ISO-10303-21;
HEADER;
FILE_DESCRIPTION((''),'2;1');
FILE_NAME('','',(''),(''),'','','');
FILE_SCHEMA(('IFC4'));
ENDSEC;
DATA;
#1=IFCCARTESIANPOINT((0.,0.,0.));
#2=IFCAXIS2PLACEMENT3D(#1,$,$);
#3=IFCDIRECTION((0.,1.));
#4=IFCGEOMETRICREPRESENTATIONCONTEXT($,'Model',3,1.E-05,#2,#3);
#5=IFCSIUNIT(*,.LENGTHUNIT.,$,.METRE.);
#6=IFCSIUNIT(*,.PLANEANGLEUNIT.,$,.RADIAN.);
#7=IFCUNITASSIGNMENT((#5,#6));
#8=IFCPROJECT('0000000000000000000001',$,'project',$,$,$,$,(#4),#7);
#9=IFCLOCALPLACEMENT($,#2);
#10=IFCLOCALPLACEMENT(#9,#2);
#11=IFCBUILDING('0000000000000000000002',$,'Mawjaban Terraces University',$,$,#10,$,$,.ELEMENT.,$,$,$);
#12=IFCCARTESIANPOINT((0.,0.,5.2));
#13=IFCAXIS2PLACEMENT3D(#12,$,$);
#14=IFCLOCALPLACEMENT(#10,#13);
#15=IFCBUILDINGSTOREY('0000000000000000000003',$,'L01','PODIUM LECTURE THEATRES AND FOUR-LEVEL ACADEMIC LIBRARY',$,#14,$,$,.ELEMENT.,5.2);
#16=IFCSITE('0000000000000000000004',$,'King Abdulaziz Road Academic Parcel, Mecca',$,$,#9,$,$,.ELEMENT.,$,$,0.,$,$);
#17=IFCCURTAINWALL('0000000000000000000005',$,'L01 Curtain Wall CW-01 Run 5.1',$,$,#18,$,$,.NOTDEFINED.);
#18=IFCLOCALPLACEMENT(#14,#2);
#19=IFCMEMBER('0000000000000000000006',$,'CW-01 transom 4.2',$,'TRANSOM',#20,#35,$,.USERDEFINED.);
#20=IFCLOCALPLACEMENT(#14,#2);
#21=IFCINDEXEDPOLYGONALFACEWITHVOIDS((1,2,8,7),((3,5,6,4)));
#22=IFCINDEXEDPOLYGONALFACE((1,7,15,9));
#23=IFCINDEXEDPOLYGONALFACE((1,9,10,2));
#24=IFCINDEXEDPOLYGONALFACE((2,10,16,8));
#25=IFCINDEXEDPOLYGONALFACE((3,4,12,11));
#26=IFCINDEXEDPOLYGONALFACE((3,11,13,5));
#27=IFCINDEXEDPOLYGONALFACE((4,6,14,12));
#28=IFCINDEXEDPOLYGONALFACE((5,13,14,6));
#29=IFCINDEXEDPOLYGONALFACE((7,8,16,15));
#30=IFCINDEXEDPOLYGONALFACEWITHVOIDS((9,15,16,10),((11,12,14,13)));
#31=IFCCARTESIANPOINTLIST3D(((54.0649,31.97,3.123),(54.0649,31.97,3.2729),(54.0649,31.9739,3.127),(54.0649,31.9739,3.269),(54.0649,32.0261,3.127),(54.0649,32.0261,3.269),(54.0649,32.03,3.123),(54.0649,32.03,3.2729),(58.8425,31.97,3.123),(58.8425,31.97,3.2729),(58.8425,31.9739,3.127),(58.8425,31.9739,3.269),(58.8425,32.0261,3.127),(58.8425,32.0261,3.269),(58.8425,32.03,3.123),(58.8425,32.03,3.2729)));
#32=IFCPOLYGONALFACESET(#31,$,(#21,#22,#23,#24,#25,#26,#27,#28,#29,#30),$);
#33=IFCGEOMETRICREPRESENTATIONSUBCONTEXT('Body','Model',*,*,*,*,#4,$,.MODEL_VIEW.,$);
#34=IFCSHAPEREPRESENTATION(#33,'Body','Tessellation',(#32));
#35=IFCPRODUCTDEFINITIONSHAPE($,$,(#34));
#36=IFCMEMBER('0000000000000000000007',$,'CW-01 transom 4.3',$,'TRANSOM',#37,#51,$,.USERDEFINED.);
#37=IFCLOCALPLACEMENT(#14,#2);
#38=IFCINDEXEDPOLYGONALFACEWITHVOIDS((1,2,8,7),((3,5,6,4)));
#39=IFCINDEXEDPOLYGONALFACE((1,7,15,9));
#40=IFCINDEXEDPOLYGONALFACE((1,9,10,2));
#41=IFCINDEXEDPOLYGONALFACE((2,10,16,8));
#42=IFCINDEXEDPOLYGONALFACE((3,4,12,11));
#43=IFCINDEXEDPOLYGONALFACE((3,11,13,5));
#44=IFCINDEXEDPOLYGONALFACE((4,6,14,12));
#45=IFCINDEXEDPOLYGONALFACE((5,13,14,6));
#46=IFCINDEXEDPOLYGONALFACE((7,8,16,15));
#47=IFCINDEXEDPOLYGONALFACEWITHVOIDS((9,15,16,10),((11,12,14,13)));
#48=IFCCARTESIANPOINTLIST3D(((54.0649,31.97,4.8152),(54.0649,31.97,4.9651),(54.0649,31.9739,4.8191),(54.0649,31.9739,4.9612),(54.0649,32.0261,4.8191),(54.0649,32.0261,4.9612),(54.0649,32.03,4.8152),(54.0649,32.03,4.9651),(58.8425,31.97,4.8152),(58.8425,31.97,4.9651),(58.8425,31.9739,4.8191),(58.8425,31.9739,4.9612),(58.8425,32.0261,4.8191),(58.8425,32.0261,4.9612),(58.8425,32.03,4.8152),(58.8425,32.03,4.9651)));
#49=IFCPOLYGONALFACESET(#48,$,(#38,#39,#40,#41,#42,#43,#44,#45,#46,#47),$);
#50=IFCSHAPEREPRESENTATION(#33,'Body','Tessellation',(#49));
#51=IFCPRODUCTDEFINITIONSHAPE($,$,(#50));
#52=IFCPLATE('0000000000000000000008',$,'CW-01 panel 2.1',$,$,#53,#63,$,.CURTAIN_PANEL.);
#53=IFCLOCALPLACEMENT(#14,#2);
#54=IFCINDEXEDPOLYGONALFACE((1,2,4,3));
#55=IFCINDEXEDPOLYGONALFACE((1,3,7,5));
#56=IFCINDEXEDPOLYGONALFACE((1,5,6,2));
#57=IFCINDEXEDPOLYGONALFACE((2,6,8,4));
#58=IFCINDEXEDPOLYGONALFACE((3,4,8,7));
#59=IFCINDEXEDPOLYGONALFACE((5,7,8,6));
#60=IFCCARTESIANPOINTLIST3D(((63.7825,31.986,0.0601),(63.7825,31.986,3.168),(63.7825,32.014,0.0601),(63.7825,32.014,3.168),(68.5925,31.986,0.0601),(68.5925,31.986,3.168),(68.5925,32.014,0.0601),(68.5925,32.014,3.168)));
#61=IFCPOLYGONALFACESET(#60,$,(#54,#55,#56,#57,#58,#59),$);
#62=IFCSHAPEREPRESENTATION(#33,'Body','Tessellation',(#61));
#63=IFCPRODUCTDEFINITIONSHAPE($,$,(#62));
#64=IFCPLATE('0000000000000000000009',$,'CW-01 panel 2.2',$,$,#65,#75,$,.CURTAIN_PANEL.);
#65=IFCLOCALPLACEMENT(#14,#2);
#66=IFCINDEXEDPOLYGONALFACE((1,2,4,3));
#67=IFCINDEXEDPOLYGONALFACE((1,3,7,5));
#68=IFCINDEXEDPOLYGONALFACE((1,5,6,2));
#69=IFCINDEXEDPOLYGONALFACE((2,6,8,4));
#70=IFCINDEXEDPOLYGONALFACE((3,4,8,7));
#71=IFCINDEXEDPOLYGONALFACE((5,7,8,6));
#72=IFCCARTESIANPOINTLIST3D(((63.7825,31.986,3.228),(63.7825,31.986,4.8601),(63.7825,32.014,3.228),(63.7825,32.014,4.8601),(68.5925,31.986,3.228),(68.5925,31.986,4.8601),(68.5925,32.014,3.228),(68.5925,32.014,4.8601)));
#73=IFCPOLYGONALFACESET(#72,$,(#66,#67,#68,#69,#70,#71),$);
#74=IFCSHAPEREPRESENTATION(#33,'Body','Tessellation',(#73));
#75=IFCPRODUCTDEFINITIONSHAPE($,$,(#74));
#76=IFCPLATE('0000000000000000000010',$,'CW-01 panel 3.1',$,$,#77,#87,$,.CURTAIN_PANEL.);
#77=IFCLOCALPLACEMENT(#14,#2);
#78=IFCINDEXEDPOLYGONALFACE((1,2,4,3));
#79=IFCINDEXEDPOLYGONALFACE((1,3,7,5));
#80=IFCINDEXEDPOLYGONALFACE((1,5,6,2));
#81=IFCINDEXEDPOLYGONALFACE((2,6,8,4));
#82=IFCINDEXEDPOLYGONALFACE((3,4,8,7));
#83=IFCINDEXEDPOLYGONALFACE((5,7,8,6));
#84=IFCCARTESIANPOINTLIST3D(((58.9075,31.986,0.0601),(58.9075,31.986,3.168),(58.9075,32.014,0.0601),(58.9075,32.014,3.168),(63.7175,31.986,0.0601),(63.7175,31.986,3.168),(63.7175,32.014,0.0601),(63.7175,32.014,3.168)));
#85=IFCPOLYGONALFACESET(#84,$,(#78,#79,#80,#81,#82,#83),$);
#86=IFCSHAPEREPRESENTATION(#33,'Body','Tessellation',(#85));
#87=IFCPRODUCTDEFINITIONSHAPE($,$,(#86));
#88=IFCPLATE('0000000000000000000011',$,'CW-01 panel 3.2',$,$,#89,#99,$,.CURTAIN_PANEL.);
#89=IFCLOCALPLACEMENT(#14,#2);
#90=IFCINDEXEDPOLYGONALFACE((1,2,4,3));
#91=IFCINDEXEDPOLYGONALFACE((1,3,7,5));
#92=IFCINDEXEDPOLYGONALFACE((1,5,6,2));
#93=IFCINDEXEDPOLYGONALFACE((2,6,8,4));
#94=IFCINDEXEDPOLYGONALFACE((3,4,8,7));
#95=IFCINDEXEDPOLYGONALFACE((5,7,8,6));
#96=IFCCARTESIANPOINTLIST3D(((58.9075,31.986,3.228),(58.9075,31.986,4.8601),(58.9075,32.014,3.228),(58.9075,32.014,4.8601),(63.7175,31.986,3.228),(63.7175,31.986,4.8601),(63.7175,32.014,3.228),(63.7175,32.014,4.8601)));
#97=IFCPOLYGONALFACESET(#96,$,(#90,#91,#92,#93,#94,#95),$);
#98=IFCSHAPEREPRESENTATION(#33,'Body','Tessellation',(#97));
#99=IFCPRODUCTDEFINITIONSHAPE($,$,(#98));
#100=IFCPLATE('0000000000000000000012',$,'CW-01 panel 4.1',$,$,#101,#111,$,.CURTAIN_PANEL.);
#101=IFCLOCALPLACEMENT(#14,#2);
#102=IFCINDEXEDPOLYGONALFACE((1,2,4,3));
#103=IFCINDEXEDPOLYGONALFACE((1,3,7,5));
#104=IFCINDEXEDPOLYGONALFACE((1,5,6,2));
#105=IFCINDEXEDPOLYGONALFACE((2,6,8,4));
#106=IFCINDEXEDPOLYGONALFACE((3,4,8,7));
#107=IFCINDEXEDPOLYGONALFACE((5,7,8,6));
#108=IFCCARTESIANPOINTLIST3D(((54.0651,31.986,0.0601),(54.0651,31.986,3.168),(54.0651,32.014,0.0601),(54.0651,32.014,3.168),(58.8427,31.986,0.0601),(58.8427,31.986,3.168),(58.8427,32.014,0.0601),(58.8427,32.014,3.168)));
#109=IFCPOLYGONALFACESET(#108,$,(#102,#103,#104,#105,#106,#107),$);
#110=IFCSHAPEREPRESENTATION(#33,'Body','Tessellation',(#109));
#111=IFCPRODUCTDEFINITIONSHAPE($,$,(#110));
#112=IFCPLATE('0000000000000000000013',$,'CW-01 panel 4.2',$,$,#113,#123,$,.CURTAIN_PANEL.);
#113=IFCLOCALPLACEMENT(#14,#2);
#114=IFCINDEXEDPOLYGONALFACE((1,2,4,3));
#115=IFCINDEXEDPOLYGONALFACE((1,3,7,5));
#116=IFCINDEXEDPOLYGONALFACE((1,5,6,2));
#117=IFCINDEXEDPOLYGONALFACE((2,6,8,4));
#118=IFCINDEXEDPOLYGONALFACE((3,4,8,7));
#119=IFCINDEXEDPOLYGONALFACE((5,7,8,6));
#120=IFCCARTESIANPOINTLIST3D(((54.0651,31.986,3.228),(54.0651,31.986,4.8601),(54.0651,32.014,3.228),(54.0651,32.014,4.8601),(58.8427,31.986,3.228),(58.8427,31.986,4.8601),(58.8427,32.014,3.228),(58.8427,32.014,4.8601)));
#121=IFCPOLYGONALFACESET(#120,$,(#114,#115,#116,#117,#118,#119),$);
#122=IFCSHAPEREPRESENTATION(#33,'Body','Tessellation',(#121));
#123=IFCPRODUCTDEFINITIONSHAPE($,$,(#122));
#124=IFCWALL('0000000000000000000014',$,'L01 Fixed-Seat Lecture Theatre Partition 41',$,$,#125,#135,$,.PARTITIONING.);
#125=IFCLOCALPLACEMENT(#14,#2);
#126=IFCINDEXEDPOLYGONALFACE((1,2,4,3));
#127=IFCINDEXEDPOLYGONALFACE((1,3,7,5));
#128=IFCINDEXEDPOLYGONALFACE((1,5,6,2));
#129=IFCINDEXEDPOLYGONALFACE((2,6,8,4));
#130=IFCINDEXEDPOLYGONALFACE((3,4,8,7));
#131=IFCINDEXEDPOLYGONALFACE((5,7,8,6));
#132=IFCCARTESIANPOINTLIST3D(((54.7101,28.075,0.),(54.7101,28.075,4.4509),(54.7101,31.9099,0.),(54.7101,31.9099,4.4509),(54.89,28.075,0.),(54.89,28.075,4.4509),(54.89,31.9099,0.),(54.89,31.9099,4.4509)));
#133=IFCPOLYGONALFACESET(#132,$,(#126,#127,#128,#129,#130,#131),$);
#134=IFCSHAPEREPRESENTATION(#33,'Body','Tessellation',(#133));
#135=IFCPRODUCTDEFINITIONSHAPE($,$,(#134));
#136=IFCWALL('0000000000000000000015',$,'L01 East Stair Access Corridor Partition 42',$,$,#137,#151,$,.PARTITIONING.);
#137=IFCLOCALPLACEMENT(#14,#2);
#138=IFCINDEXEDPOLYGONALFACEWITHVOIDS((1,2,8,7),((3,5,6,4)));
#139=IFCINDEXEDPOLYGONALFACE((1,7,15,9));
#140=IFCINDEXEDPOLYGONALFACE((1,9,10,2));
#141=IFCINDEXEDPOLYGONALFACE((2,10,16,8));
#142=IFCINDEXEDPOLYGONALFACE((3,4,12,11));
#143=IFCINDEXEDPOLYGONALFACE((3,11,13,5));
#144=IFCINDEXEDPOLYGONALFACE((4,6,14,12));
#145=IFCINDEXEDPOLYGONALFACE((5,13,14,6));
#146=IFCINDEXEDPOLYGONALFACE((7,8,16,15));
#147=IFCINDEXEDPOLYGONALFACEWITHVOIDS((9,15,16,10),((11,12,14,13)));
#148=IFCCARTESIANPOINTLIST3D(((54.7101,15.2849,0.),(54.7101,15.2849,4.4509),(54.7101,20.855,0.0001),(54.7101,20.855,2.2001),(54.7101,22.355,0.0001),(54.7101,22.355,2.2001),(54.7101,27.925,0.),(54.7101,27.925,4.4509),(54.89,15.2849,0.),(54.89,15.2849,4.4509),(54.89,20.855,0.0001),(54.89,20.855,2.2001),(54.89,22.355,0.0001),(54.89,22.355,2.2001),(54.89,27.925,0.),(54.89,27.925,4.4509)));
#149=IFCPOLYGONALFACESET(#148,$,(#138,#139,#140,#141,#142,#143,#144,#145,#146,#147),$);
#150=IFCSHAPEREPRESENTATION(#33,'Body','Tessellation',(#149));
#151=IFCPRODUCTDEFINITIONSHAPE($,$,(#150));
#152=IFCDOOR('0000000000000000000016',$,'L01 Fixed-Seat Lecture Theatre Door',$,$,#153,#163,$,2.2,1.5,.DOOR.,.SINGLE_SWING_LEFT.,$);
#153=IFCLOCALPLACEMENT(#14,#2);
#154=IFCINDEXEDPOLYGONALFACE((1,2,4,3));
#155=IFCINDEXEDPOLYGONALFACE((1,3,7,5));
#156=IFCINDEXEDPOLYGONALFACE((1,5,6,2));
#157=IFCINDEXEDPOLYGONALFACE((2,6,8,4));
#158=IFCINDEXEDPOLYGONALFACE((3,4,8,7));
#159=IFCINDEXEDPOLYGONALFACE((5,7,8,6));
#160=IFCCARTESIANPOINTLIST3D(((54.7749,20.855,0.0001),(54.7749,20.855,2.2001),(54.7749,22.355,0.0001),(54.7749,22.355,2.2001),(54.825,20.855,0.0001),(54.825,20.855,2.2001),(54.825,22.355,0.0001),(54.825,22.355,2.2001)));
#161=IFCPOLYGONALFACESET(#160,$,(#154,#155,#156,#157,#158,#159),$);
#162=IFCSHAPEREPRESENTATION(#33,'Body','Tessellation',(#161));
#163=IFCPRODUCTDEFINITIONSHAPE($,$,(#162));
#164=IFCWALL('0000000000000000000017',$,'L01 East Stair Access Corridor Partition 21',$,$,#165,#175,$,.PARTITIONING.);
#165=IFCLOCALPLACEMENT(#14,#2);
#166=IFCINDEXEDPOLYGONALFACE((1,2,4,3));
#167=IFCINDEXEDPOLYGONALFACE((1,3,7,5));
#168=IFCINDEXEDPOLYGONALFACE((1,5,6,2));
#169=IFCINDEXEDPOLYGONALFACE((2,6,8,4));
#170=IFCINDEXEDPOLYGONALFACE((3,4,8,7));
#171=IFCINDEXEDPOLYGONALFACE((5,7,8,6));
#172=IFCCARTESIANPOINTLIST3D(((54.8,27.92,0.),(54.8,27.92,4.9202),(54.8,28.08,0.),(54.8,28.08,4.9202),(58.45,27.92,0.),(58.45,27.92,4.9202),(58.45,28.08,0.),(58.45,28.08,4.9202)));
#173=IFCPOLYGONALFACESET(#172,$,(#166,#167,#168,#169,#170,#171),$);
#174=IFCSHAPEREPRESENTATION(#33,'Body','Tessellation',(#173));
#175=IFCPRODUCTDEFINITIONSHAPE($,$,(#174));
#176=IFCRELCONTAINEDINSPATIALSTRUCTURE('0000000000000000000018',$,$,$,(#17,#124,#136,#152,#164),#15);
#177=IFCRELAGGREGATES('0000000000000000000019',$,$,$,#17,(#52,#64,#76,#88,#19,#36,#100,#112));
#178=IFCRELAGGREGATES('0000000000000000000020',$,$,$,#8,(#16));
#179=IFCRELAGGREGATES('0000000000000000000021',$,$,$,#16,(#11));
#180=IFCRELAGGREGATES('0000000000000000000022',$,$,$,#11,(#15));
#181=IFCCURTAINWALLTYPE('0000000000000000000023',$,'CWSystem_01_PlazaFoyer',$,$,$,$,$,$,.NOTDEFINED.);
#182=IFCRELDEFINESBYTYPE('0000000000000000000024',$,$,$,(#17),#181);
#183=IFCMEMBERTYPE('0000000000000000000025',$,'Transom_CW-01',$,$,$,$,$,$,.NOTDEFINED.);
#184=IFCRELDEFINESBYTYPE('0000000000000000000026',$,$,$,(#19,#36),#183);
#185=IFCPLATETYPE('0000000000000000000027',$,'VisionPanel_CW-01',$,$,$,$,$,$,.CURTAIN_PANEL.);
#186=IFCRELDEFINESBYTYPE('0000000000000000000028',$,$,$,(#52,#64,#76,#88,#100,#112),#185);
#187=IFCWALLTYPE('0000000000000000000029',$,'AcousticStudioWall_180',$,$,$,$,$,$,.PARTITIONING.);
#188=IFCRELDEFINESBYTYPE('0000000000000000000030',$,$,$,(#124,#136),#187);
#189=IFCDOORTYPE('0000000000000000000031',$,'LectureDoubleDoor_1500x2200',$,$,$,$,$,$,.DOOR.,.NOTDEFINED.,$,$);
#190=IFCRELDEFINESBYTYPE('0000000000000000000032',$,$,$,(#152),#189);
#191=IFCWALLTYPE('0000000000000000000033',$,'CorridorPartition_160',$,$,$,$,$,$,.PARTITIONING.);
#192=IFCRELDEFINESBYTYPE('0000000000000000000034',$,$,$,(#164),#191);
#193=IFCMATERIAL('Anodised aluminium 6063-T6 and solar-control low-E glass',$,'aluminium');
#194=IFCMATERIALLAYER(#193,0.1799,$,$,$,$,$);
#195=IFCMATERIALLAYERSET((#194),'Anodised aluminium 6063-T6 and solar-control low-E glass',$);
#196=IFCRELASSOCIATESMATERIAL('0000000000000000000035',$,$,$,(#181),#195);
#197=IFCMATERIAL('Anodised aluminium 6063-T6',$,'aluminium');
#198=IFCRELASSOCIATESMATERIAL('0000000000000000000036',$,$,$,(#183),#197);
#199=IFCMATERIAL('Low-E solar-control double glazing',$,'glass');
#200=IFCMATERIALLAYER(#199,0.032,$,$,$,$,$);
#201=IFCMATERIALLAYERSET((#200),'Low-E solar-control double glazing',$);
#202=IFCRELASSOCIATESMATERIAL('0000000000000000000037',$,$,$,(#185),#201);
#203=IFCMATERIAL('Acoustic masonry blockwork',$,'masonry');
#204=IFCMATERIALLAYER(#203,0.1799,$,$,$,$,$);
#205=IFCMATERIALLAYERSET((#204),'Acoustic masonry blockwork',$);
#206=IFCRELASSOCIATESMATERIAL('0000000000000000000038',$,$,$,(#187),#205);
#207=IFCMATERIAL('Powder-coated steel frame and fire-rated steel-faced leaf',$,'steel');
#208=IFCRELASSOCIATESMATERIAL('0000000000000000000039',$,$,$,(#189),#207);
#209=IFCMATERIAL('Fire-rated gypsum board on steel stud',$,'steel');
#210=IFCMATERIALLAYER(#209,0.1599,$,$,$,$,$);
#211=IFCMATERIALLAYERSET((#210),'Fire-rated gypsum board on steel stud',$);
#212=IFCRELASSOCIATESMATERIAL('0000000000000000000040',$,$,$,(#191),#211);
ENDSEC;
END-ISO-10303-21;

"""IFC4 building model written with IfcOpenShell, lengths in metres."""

from ifc_helpers import new_model, si_unit, direction, frame, frame_2d, origin, origin_2d, place, context, subcontext, project, spatial, rectangle, hollow_rectangle, extrude, material, layer, layer_set, material_profile, profile_set, type_object, element, fill, aggregate, save


model = new_model("IFC4")

# Units and contexts
model_context = context("Model", 3, precision=1e-05, world=origin(), true_north=direction((0.0, 1.0)))
body_context = subcontext(model_context, "Body", "Model", "MODEL_VIEW")
ifc_project = project(units=[si_unit("LENGTHUNIT", "METRE"), si_unit("PLANEANGLEUNIT", "RADIAN")], contexts=[model_context])

# Site, building, storey
site_placement = place(None, origin())
site = spatial("IfcSite", under=ifc_project, at=site_placement, Name="King Abdulaziz Road Academic Parcel, Mecca", CompositionType="ELEMENT", RefElevation=0.0)
building_placement = place(site_placement, origin())
building = spatial("IfcBuilding", under=site, at=building_placement, Name="Mawjaban Terraces University", CompositionType="ELEMENT")
storey_placement = place(building_placement, frame((0.0, 0.0, 5.2)))
storey = spatial("IfcBuildingStorey", under=building, at=storey_placement, Name="L01", Description="PODIUM LECTURE THEATRES AND FOUR-LEVEL ACADEMIC LIBRARY", CompositionType="ELEMENT", Elevation=5.2)

# Shared definitions
ifc_material_1 = material(Name="Anodised aluminium 6063-T6 and solar-control low-E glass", Category="aluminium")
ifc_layer_1 = layer(ifc_material_1, 0.1799)
ifc_layer_set_1 = layer_set([ifc_layer_1], Name="Anodised aluminium 6063-T6 and solar-control low-E glass")
curtain_wall_type = type_object("IfcCurtainWallType", Name="CWSystem_01_PlazaFoyer", PredefinedType="NOTDEFINED", material=ifc_layer_set_1)
ifc_material_2 = material(Name="Anodised aluminium 6063-T6", Category="aluminium")

# Curtain wall, members, plates
curtain_wall_1_placement = place(storey_placement, origin())
curtain_wall_1 = element("IfcCurtainWall", 1, at=curtain_wall_1_placement, inside=storey, type_object=curtain_wall_type, Name="L01 Curtain Wall CW-01 Run 5.1", PredefinedType="NOTDEFINED")
ifc_material_profile_1 = material_profile(ifc_material_2, hollow_rectangle(XDim=0.0601, YDim=0.1499, WallThickness=0.0039, at=origin_2d()), Name="ALU150X60X4")
ifc_profile_set_1 = profile_set([ifc_material_profile_1], Name="Anodised aluminium 6063-T6")
member_type_1 = type_object("IfcMemberType", Name="Transom_CW-01", PredefinedType="NOTDEFINED", material=ifc_profile_set_1)
member_1_placement = place(storey_placement, frame((58.8425, 32.0, 3.198), z_axis=(-1.0, 0.0, 0.0), x_axis=(0.0, -1.0, 0.0)))
member_1 = element("IfcMember", 2, at=member_1_placement, type_object=member_type_1, Name="CW-01 transom 4.2", ObjectType="TRANSOM", PredefinedType="USERDEFINED", context=body_context, shape_type="SweptSolid", body=[
    extrude(hollow_rectangle(XDim=0.0601, YDim=0.1499, WallThickness=0.0039, at=origin_2d()), origin(), (0.0, 0.0, 1.0), 4.7776),
])
member_2_placement = place(storey_placement, frame((58.8425, 32.0, 4.8901), z_axis=(-1.0, 0.0, 0.0), x_axis=(0.0, -1.0, 0.0)))
member_2 = element("IfcMember", 3, at=member_2_placement, type_object=member_type_1, Name="CW-01 transom 4.3", ObjectType="TRANSOM", PredefinedType="USERDEFINED", context=body_context, shape_type="SweptSolid", body=[
    extrude(hollow_rectangle(XDim=0.0601, YDim=0.1499, WallThickness=0.0039, at=origin_2d()), origin(), (0.0, 0.0, 1.0), 4.7776),
])
ifc_material_3 = material(Name="Low-E solar-control double glazing", Category="glass")
ifc_layer_2 = layer(ifc_material_3, 0.032)
ifc_layer_set_2 = layer_set([ifc_layer_2], Name="Low-E solar-control double glazing")
plate_type = type_object("IfcPlateType", Name="VisionPanel_CW-01", PredefinedType="CURTAIN_PANEL", material=ifc_layer_set_2)
plate_1_placement = place(storey_placement, frame((66.1875, 32.0, 0.0601), z_axis=(0.0, 0.0, 1.0), x_axis=(-1.0, 0.0, 0.0)))
plate_1 = element("IfcPlate", 4, at=plate_1_placement, type_object=plate_type, Name="CW-01 panel 2.1", PredefinedType="CURTAIN_PANEL", context=body_context, shape_type="SweptSolid", body=[
    extrude(rectangle(XDim=4.8101, YDim=0.0281, at=origin_2d()), origin(), (0.0, 0.0, 1.0), 3.1079),
])
plate_2_placement = place(storey_placement, frame((66.1875, 32.0, 3.228), z_axis=(0.0, 0.0, 1.0), x_axis=(-1.0, 0.0, 0.0)))
plate_2 = element("IfcPlate", 5, at=plate_2_placement, type_object=plate_type, Name="CW-01 panel 2.2", PredefinedType="CURTAIN_PANEL", context=body_context, shape_type="SweptSolid", body=[
    extrude(rectangle(XDim=4.8101, YDim=0.0281, at=origin_2d()), origin(), (0.0, 0.0, 1.0), 1.6321),
])
plate_3_placement = place(storey_placement, frame((61.3125, 32.0, 0.0601), z_axis=(0.0, 0.0, 1.0), x_axis=(-1.0, 0.0, 0.0)))
plate_3 = element("IfcPlate", 6, at=plate_3_placement, type_object=plate_type, Name="CW-01 panel 3.1", PredefinedType="CURTAIN_PANEL", context=body_context, shape_type="SweptSolid", body=[
    extrude(rectangle(XDim=4.8101, YDim=0.0281, at=origin_2d()), origin(), (0.0, 0.0, 1.0), 3.1079),
])
plate_4_placement = place(storey_placement, frame((61.3125, 32.0, 3.228), z_axis=(0.0, 0.0, 1.0), x_axis=(-1.0, 0.0, 0.0)))
plate_4 = element("IfcPlate", 7, at=plate_4_placement, type_object=plate_type, Name="CW-01 panel 3.2", PredefinedType="CURTAIN_PANEL", context=body_context, shape_type="SweptSolid", body=[
    extrude(rectangle(XDim=4.8101, YDim=0.0281, at=origin_2d()), origin(), (0.0, 0.0, 1.0), 1.6321),
])
plate_5_placement = place(storey_placement, frame((56.4539, 32.0, 0.0601), z_axis=(0.0, 0.0, 1.0), x_axis=(-1.0, 0.0, 0.0)))
plate_5 = element("IfcPlate", 8, at=plate_5_placement, type_object=plate_type, Name="CW-01 panel 4.1", PredefinedType="CURTAIN_PANEL", context=body_context, shape_type="SweptSolid", body=[
    extrude(rectangle(XDim=4.7776, YDim=0.0281, at=origin_2d()), origin(), (0.0, 0.0, 1.0), 3.1079),
])
plate_6_placement = place(storey_placement, frame((56.4539, 32.0, 3.228), z_axis=(0.0, 0.0, 1.0), x_axis=(-1.0, 0.0, 0.0)))
plate_6 = element("IfcPlate", 9, at=plate_6_placement, type_object=plate_type, Name="CW-01 panel 4.2", PredefinedType="CURTAIN_PANEL", context=body_context, shape_type="SweptSolid", body=[
    extrude(rectangle(XDim=4.7776, YDim=0.0281, at=origin_2d()), origin(), (0.0, 0.0, 1.0), 1.6321),
])
aggregate(curtain_wall_1, [plate_1, plate_2, plate_3, plate_4, member_1, member_2, plate_5, plate_6])

# Wall
ifc_material_4 = material(Name="Acoustic masonry blockwork", Category="masonry")
ifc_layer_3 = layer(ifc_material_4, 0.1799)
ifc_layer_set_3 = layer_set([ifc_layer_3], Name="Acoustic masonry blockwork")
wall_type_1 = type_object("IfcWallType", Name="AcousticStudioWall_180", PredefinedType="PARTITIONING", material=ifc_layer_set_3)
wall_1_placement = place(storey_placement, frame((54.8, 28.075, 0.0), z_axis=(0.0, 0.0, 1.0), x_axis=(0.0, 1.0, 0.0)))
element("IfcWall", 10, at=wall_1_placement, inside=storey, type_object=wall_type_1, Name="L01 Fixed-Seat Lecture Theatre Partition 41", PredefinedType="PARTITIONING", context=body_context, shape_type="SweptSolid", body=[
    extrude(rectangle(XDim=3.835, YDim=0.1799, at=frame_2d((1.9175, 0.0))), origin(), (0.0, 0.0, 1.0), 4.4509),
])

# Wall, opening, door
wall_2_placement = place(storey_placement, frame((54.8, 27.925, 0.0), z_axis=(0.0, 0.0, 1.0), x_axis=(0.0, -1.0, 0.0)))
wall_2 = element("IfcWall", 11, at=wall_2_placement, inside=storey, type_object=wall_type_1, Name="L01 East Stair Access Corridor Partition 42", PredefinedType="PARTITIONING", context=body_context, shape_type="SweptSolid", body=[
    extrude(rectangle(XDim=12.6401, YDim=0.1799, at=frame_2d((6.3201, 0.0))), origin(), (0.0, 0.0, 1.0), 4.4509),
])
opening_1_placement = place(wall_2_placement, frame((5.5701, 0.0, 0.0)))
opening_1 = element("IfcOpeningElement", 12, at=opening_1_placement, cuts=wall_2, PredefinedType="OPENING", context=body_context, shape_type="SweptSolid", body=[
    extrude(rectangle(XDim=1.5, YDim=2.2, at=frame_2d((0.75, 1.1001))), frame((0.0, 0.0999, 0.0), z_axis=(0.0, -1.0, 0.0), x_axis=(1.0, 0.0, 0.0)), (0.0, 0.0, 1.0), 0.2),
])
ifc_material_5 = material(Name="Powder-coated steel frame and fire-rated steel-faced leaf", Category="steel")
door_type_1 = type_object("IfcDoorType", Name="LectureDoubleDoor_1500x2200", OperationType="NOTDEFINED", PredefinedType="DOOR", material=ifc_material_5)
door_1_placement = place(opening_1_placement, origin())
door_1 = element("IfcDoor", 13, at=door_1_placement, inside=storey, type_object=door_type_1, Name="L01 Fixed-Seat Lecture Theatre Door", OperationType="SINGLE_SWING_LEFT", OverallHeight=2.2, OverallWidth=1.5, PredefinedType="DOOR", context=body_context, shape_type="SweptSolid", body=[
    extrude(rectangle(XDim=1.5, YDim=2.2, at=frame_2d((0.75, 1.1001))), frame((0.0, 0.0249, 0.0), z_axis=(0.0, -1.0, 0.0), x_axis=(1.0, 0.0, 0.0)), (0.0, 0.0, 1.0), 0.05),
])
fill(opening_1, door_1)

# Wall
ifc_material_6 = material(Name="Fire-rated gypsum board on steel stud", Category="steel")
ifc_layer_4 = layer(ifc_material_6, 0.1599)
ifc_layer_set_4 = layer_set([ifc_layer_4], Name="Fire-rated gypsum board on steel stud")
wall_type_2 = type_object("IfcWallType", Name="CorridorPartition_160", PredefinedType="PARTITIONING", material=ifc_layer_set_4)
wall_3_placement = place(storey_placement, frame((58.45, 28.0, 0.0), z_axis=(0.0, 0.0, 1.0), x_axis=(-1.0, 0.0, 0.0)))
element("IfcWall", 14, at=wall_3_placement, inside=storey, type_object=wall_type_2, Name="L01 East Stair Access Corridor Partition 21", PredefinedType="PARTITIONING", context=body_context, shape_type="SweptSolid", body=[
    extrude(rectangle(XDim=3.6499, YDim=0.1599, at=frame_2d((1.825, 0.0))), origin(), (0.0, 0.0, 1.0), 4.9202),
])

save(model, "model.ifc")
